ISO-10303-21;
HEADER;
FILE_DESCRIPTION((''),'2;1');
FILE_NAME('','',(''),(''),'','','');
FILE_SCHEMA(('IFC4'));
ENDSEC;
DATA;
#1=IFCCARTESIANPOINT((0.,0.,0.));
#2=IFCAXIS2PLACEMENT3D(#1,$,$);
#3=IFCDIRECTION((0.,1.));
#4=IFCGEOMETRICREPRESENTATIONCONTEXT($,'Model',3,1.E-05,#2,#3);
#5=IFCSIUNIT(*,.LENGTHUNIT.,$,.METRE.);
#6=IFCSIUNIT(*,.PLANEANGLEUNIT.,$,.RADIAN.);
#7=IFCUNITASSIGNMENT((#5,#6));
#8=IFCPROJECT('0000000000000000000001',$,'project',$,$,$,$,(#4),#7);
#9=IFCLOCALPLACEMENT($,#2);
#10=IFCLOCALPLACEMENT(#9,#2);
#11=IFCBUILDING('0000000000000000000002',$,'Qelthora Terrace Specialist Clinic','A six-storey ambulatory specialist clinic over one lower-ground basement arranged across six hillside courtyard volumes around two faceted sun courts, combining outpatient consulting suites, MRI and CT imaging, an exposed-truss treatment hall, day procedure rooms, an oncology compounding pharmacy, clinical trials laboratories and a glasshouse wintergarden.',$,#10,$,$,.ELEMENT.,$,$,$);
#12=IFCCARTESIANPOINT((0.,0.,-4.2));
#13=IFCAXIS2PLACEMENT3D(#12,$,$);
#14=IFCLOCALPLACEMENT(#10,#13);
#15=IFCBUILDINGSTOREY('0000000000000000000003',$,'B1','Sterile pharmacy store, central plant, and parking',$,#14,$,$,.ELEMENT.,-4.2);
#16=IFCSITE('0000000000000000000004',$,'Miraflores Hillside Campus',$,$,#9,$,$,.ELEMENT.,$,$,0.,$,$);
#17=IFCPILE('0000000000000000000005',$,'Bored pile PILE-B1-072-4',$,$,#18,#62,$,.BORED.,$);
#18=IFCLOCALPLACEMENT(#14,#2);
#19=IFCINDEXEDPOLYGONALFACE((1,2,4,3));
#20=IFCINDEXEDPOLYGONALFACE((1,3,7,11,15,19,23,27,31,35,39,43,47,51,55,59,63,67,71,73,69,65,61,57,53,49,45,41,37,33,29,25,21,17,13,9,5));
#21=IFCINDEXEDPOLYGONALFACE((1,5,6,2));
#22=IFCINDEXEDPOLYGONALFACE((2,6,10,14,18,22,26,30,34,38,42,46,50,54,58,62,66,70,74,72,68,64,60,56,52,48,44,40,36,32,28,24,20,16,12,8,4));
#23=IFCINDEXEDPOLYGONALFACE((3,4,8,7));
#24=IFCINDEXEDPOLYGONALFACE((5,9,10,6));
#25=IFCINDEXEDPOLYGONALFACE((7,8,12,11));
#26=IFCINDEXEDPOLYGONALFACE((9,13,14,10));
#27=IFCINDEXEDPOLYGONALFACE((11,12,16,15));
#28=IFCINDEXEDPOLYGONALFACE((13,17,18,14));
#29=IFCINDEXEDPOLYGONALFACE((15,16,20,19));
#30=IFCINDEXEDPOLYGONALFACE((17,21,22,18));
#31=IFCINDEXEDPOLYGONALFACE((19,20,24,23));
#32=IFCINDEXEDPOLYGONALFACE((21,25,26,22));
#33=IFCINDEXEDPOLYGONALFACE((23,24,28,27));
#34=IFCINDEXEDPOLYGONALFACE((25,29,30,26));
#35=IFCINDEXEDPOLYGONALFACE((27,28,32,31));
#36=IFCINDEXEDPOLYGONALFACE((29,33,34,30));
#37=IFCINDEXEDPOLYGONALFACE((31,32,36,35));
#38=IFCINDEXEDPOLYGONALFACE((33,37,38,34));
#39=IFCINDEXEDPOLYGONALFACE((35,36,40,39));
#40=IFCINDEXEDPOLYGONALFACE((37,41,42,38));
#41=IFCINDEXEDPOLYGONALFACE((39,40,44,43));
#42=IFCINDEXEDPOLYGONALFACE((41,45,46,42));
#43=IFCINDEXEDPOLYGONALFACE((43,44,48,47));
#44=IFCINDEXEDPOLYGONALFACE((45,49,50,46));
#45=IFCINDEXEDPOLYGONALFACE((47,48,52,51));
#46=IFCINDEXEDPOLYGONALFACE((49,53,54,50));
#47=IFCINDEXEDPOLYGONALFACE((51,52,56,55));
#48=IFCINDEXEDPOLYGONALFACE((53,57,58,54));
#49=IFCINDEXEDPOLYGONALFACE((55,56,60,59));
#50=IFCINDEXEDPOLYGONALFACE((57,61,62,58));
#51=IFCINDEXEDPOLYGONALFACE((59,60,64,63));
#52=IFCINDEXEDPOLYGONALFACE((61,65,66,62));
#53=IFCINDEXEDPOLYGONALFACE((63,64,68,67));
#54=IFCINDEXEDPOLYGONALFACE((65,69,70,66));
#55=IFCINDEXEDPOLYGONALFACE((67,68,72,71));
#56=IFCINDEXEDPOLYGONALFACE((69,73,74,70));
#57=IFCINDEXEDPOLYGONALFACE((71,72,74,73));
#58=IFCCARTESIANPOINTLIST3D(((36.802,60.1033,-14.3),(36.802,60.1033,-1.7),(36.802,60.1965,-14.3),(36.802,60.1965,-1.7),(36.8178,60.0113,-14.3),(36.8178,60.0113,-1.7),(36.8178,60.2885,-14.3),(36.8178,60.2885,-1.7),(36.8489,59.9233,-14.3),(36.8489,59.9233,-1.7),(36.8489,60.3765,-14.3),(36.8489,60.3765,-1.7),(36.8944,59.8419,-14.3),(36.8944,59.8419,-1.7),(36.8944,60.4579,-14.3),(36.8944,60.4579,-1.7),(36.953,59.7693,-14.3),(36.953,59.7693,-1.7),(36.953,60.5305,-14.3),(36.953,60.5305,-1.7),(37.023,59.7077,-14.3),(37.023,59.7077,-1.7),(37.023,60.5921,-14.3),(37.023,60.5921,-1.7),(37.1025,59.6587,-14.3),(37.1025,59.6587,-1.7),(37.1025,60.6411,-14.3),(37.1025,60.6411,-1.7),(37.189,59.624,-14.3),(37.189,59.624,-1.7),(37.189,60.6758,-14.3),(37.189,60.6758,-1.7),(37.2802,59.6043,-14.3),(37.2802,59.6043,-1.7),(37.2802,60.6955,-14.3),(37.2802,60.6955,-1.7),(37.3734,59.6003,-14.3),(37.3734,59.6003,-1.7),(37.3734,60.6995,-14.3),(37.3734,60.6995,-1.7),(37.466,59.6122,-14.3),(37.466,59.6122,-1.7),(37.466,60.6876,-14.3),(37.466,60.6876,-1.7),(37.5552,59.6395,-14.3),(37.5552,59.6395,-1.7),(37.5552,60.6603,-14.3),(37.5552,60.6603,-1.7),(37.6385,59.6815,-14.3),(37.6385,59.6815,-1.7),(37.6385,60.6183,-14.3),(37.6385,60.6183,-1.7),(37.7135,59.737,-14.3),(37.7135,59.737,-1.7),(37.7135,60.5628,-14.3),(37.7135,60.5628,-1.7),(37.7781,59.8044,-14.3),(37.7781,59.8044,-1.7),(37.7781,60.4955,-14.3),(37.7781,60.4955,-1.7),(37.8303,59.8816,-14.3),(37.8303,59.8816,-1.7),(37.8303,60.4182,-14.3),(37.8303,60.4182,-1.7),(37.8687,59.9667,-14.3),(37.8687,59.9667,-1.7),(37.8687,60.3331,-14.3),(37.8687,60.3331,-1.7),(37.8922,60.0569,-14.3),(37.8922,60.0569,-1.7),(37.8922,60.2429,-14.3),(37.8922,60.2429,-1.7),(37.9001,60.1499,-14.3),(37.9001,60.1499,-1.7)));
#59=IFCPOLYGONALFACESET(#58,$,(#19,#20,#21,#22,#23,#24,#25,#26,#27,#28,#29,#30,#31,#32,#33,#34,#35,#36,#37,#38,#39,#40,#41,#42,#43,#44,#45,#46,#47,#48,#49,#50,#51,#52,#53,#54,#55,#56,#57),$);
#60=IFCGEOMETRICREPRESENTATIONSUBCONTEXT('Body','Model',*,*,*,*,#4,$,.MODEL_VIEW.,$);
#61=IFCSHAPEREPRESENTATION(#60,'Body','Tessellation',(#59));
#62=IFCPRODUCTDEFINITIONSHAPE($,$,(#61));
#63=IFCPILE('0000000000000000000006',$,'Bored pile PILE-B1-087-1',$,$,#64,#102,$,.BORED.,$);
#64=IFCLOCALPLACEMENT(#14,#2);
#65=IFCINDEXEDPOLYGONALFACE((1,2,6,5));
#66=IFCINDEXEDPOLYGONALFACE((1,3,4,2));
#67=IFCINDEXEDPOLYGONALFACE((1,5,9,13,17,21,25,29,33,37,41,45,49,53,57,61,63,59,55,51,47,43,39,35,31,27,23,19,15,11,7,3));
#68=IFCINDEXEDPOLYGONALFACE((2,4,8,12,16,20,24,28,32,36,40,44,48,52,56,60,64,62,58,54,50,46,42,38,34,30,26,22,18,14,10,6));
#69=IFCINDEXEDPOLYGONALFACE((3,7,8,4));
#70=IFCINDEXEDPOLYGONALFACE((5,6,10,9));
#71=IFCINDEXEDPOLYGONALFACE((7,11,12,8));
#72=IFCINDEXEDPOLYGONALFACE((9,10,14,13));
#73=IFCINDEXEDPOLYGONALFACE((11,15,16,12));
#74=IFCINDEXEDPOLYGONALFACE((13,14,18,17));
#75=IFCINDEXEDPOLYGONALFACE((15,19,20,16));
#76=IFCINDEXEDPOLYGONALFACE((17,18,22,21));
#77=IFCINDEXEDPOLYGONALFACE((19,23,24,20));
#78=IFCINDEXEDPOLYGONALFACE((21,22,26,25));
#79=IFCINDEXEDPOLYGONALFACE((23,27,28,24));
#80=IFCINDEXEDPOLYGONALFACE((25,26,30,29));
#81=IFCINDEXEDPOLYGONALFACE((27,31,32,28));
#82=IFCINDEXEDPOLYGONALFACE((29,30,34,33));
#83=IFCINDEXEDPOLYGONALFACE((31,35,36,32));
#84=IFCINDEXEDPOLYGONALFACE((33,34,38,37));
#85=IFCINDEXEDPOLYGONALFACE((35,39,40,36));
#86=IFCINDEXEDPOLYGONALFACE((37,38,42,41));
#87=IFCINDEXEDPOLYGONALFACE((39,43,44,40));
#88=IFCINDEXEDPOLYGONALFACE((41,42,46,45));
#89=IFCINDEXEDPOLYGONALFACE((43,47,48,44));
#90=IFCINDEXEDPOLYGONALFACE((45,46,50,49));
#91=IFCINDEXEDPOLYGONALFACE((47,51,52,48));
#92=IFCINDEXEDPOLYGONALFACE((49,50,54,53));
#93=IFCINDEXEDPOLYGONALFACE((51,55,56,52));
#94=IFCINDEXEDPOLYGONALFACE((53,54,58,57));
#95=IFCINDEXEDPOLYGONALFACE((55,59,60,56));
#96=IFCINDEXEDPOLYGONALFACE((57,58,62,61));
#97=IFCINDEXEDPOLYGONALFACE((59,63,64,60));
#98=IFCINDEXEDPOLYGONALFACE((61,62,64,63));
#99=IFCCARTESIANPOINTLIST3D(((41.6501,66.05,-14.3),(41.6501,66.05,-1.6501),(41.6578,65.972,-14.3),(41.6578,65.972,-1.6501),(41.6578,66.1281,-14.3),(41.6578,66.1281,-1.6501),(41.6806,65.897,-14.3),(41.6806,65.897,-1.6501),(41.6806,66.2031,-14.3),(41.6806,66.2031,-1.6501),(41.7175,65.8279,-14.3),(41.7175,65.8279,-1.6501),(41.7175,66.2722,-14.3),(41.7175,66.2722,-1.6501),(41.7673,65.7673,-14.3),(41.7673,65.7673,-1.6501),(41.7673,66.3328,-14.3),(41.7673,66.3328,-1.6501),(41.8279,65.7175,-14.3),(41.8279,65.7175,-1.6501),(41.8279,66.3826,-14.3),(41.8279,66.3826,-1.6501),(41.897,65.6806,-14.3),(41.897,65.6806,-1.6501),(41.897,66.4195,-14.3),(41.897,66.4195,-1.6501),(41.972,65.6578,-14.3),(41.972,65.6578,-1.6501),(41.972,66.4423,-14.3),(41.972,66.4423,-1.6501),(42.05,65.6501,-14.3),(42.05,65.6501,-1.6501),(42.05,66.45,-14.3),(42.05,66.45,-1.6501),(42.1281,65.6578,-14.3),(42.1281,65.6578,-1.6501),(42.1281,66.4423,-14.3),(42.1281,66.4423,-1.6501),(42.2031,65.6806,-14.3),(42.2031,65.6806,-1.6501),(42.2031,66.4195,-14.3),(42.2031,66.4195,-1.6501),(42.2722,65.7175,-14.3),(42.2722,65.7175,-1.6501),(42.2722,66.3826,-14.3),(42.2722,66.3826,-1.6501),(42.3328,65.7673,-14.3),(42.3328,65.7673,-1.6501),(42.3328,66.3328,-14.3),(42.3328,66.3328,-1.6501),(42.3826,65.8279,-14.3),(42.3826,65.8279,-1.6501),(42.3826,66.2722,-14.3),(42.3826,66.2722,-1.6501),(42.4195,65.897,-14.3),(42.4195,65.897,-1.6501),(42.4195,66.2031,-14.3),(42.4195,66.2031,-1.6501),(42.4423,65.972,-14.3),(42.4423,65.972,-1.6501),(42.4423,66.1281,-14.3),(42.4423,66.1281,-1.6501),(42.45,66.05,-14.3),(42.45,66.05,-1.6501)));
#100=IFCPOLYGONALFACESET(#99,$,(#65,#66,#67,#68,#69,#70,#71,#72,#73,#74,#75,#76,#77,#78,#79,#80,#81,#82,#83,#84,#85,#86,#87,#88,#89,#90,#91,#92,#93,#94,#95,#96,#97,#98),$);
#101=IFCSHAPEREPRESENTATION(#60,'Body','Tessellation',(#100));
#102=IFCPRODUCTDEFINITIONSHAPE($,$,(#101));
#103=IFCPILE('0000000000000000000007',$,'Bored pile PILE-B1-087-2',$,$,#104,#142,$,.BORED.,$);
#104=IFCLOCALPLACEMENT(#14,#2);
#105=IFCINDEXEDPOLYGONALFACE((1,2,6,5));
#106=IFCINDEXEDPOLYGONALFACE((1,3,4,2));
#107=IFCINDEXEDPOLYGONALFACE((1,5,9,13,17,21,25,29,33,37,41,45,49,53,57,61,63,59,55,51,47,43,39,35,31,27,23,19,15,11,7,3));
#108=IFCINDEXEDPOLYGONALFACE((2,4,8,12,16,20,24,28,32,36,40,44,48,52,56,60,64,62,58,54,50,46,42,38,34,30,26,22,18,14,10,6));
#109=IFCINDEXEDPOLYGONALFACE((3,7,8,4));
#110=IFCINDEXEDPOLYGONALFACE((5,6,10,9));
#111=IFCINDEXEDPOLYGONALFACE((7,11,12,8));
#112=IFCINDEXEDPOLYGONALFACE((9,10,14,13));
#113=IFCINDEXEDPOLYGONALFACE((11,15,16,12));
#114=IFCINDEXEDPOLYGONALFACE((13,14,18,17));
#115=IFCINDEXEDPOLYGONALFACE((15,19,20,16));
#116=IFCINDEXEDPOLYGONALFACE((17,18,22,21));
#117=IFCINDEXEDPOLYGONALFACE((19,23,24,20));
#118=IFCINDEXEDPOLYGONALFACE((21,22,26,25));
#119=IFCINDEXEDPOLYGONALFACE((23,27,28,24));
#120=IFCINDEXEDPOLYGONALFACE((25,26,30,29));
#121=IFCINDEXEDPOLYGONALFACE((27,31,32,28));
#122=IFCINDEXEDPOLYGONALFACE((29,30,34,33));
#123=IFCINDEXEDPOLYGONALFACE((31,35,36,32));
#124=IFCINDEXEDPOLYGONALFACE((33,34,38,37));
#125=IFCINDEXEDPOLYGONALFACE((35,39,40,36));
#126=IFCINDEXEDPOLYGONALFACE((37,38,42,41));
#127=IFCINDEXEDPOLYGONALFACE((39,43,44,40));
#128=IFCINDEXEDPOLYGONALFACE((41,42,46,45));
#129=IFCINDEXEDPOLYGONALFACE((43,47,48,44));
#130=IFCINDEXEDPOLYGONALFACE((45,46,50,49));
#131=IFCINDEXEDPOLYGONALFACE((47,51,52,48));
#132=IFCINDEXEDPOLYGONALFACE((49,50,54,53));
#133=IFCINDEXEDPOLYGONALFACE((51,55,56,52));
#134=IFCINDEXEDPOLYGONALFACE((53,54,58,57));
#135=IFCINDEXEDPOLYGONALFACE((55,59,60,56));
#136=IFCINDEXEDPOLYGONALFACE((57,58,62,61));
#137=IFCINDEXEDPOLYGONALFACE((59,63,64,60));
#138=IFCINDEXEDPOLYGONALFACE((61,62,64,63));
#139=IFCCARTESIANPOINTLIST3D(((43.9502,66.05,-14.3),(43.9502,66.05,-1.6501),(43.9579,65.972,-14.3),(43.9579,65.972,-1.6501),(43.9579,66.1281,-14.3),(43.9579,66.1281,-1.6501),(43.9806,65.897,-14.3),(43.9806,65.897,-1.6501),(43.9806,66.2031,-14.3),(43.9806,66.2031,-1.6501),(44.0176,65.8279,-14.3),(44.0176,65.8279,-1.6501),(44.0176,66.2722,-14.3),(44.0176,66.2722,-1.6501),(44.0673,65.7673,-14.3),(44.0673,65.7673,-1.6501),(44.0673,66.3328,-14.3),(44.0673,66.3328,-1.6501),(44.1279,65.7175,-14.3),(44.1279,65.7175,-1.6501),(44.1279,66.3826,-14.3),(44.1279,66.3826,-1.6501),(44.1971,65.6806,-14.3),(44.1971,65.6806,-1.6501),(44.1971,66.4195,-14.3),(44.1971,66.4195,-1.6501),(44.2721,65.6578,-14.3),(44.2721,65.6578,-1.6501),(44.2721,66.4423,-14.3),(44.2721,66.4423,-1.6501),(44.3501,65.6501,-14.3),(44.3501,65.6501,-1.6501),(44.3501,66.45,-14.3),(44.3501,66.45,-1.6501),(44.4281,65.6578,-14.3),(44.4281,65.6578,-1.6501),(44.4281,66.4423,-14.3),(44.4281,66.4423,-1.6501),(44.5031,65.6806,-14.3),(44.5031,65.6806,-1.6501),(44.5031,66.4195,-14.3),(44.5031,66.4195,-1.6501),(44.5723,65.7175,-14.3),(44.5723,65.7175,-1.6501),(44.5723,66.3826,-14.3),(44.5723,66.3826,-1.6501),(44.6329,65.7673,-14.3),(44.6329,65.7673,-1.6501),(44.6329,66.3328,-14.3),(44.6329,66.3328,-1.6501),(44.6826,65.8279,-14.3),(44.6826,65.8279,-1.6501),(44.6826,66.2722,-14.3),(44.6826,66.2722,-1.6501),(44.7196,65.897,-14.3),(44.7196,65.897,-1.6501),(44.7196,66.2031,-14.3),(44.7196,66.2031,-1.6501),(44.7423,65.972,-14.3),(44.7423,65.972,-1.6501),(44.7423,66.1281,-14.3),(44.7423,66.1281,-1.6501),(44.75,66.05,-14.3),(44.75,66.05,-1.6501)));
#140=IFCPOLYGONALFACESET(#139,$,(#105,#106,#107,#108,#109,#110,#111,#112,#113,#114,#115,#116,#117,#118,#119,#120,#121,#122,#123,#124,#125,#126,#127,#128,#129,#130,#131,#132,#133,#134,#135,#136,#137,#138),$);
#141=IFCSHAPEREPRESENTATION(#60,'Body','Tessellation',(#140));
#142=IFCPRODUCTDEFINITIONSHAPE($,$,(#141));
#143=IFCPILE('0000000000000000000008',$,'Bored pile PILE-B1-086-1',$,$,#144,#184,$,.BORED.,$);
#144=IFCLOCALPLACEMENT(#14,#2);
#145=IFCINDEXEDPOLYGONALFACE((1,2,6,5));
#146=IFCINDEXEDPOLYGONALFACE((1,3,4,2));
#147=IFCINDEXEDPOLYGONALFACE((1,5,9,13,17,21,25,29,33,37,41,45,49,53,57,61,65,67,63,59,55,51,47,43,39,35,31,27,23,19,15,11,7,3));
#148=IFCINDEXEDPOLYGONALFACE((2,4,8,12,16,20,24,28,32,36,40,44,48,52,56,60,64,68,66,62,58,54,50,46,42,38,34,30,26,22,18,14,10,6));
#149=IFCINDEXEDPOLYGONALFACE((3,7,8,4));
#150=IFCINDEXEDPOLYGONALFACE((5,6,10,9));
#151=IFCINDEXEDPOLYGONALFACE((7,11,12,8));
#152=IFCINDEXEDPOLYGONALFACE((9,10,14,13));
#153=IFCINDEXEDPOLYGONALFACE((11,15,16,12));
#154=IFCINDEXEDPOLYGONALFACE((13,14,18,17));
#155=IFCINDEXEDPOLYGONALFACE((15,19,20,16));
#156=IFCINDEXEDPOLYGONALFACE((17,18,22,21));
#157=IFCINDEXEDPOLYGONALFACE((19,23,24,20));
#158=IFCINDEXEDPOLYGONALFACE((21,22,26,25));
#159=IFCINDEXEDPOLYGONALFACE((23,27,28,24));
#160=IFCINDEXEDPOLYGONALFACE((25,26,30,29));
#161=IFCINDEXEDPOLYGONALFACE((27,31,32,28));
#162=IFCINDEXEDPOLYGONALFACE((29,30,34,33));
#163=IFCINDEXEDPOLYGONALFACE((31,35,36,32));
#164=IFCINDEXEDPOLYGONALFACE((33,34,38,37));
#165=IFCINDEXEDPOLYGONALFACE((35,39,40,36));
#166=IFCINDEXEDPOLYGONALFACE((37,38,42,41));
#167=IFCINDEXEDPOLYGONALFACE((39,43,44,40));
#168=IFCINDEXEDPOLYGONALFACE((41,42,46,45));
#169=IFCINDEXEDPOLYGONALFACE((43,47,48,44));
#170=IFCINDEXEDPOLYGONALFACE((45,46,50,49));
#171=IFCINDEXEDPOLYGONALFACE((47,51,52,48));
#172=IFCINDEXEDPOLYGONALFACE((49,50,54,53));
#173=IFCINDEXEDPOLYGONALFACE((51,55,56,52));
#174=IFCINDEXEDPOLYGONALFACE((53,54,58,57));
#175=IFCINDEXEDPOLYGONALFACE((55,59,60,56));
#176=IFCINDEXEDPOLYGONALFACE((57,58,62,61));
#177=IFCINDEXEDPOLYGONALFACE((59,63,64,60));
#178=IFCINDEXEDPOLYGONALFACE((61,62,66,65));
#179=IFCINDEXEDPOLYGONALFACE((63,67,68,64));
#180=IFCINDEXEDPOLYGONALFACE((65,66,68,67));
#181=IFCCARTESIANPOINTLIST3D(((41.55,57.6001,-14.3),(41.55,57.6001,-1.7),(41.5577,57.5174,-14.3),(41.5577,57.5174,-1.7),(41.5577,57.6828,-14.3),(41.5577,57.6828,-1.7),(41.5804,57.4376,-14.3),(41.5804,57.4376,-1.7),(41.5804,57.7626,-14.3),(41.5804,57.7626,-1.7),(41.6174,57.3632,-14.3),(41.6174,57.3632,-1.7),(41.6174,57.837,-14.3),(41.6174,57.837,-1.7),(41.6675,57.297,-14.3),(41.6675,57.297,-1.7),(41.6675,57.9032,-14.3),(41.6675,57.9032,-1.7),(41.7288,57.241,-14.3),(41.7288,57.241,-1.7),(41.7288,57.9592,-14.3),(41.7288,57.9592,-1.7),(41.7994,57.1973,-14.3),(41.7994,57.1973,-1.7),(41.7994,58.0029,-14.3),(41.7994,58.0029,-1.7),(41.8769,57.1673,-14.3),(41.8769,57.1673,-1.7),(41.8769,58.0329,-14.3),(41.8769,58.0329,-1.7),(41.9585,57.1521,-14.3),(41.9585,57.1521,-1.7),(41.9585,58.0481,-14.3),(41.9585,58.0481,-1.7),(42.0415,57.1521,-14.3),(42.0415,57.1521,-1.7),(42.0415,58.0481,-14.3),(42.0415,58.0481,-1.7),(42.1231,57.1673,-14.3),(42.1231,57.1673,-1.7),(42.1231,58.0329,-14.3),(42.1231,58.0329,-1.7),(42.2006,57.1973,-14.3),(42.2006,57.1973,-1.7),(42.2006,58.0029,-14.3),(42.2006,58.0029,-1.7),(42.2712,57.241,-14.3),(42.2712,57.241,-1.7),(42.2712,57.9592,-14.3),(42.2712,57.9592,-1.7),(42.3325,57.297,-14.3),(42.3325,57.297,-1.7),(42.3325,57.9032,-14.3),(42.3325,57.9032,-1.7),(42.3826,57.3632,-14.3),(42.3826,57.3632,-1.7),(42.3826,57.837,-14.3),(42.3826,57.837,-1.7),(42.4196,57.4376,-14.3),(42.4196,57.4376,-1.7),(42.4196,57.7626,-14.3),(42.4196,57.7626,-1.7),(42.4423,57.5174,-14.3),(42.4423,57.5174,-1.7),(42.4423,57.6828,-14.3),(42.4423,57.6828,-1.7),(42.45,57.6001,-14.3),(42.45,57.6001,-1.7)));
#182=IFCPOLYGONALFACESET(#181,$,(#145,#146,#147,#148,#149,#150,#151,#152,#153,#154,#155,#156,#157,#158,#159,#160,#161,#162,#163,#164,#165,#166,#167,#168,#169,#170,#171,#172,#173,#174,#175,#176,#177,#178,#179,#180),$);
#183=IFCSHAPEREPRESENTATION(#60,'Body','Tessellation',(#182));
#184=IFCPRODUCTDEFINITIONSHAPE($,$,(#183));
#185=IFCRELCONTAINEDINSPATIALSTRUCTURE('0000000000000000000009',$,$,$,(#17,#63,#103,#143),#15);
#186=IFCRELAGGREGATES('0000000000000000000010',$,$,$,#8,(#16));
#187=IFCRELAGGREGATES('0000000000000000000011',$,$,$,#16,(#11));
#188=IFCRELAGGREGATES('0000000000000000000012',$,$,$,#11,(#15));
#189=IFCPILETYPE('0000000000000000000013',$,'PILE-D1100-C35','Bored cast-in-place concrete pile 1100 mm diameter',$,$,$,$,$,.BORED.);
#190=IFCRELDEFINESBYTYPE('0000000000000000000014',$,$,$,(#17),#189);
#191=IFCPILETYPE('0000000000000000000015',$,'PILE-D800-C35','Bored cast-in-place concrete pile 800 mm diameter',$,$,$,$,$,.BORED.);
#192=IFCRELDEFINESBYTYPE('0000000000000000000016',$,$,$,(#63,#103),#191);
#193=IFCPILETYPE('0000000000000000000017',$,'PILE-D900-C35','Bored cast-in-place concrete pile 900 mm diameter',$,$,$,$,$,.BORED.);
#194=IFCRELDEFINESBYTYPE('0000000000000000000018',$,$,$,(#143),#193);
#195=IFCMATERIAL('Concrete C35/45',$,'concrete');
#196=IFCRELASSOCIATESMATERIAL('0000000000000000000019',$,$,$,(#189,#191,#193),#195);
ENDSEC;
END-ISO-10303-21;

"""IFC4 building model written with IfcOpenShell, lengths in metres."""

from ifc_helpers import new_model, si_unit, direction, frame, origin, origin_2d, place, context, subcontext, project, spatial, circle, extrude, material, material_profile, profile_set, type_object, element, save


model = new_model("IFC4")

# Units and contexts
model_context = context("Model", 3, precision=1e-05, world=origin(), true_north=direction((0.0, 1.0)))
body_context = subcontext(model_context, "Body", "Model", "MODEL_VIEW")
ifc_project = project(units=[si_unit("LENGTHUNIT", "METRE"), si_unit("PLANEANGLEUNIT", "RADIAN")], contexts=[model_context])

# Site, building, storey
site_placement = place(None, origin())
site = spatial("IfcSite", under=ifc_project, at=site_placement, Name="Miraflores Hillside Campus", CompositionType="ELEMENT", RefElevation=0.0)
building_placement = place(site_placement, origin())
building = spatial("IfcBuilding", under=site, at=building_placement, Name="Qelthora Terrace Specialist Clinic", Description="A six-storey ambulatory specialist clinic over one lower-ground basement arranged across six hillside courtyard volumes around two faceted sun courts, combining outpatient consulting suites, MRI and CT imaging, an exposed-truss treatment hall, day procedure rooms, an oncology compounding pharmacy, clinical trials laboratories and a glasshouse wintergarden.", CompositionType="ELEMENT")
storey_placement = place(building_placement, frame((0.0, 0.0, -4.2)))
storey = spatial("IfcBuildingStorey", under=building, at=storey_placement, Name="B1", Description="Sterile pharmacy store, central plant, and parking", CompositionType="ELEMENT", Elevation=-4.2)

# Shared definitions
ifc_material_1 = material(Name="Concrete C35/45", Category="concrete")

# Piles
ifc_material_profile_1 = material_profile(ifc_material_1, circle(Radius=0.55, at=origin_2d()), Name="PILE1100")
ifc_profile_set_1 = profile_set([ifc_material_profile_1], Name="Concrete C35/45")
pile_type_1 = type_object("IfcPileType", Name="PILE-D1100-C35", Description="Bored cast-in-place concrete pile 1100 mm diameter", PredefinedType="BORED", material=ifc_profile_set_1)
for number, where, z_axis, x_axis, name in (
    (1, (37.3501, 60.1499, -1.7), (0.0, 0.0, -1.0), (1.0, 0.0, 0.0), "Bored pile PILE-B1-072-4"),
):
    element("IfcPile", number, at=place(storey_placement, frame(where, z_axis=z_axis, x_axis=x_axis)), inside=storey, type_object=pile_type_1, Name=name, PredefinedType="BORED", context=body_context, shape_type="SweptSolid", body=[
        extrude(circle(Radius=0.55, at=origin_2d()), origin(), (0.0, 0.0, 1.0), 12.6001),
    ])
ifc_material_profile_2 = material_profile(ifc_material_1, circle(Radius=0.3999, at=origin_2d()), Name="PILE800")
ifc_profile_set_2 = profile_set([ifc_material_profile_2], Name="Concrete C35/45")
pile_type_2 = type_object("IfcPileType", Name="PILE-D800-C35", Description="Bored cast-in-place concrete pile 800 mm diameter", PredefinedType="BORED", material=ifc_profile_set_2)
for number, where, z_axis, x_axis, name in (
    (2, (42.05, 66.05, -1.6501), (0.0, 0.0, -1.0), (1.0, 0.0, 0.0), "Bored pile PILE-B1-087-1"),
    (3, (44.3501, 66.05, -1.6501), (0.0, 0.0, -1.0), (1.0, 0.0, 0.0), "Bored pile PILE-B1-087-2"),
):
    element("IfcPile", number, at=place(storey_placement, frame(where, z_axis=z_axis, x_axis=x_axis)), inside=storey, type_object=pile_type_2, Name=name, PredefinedType="BORED", context=body_context, shape_type="SweptSolid", body=[
        extrude(circle(Radius=0.3999, at=origin_2d()), origin(), (0.0, 0.0, 1.0), 12.6499),
    ])
ifc_material_profile_3 = material_profile(ifc_material_1, circle(Radius=0.45, at=origin_2d()), Name="PILE900")
ifc_profile_set_3 = profile_set([ifc_material_profile_3], Name="Concrete C35/45")
pile_type_3 = type_object("IfcPileType", Name="PILE-D900-C35", Description="Bored cast-in-place concrete pile 900 mm diameter", PredefinedType="BORED", material=ifc_profile_set_3)
for number, where, z_axis, x_axis, name in (
    (4, (42.0, 57.6001, -1.7), (0.0, 0.0, -1.0), (1.0, 0.0, 0.0), "Bored pile PILE-B1-086-1"),
):
    element("IfcPile", number, at=place(storey_placement, frame(where, z_axis=z_axis, x_axis=x_axis)), inside=storey, type_object=pile_type_3, Name=name, PredefinedType="BORED", context=body_context, shape_type="SweptSolid", body=[
        extrude(circle(Radius=0.45, at=origin_2d()), origin(), (0.0, 0.0, 1.0), 12.6001),
    ])

save(model, "model.ifc")
